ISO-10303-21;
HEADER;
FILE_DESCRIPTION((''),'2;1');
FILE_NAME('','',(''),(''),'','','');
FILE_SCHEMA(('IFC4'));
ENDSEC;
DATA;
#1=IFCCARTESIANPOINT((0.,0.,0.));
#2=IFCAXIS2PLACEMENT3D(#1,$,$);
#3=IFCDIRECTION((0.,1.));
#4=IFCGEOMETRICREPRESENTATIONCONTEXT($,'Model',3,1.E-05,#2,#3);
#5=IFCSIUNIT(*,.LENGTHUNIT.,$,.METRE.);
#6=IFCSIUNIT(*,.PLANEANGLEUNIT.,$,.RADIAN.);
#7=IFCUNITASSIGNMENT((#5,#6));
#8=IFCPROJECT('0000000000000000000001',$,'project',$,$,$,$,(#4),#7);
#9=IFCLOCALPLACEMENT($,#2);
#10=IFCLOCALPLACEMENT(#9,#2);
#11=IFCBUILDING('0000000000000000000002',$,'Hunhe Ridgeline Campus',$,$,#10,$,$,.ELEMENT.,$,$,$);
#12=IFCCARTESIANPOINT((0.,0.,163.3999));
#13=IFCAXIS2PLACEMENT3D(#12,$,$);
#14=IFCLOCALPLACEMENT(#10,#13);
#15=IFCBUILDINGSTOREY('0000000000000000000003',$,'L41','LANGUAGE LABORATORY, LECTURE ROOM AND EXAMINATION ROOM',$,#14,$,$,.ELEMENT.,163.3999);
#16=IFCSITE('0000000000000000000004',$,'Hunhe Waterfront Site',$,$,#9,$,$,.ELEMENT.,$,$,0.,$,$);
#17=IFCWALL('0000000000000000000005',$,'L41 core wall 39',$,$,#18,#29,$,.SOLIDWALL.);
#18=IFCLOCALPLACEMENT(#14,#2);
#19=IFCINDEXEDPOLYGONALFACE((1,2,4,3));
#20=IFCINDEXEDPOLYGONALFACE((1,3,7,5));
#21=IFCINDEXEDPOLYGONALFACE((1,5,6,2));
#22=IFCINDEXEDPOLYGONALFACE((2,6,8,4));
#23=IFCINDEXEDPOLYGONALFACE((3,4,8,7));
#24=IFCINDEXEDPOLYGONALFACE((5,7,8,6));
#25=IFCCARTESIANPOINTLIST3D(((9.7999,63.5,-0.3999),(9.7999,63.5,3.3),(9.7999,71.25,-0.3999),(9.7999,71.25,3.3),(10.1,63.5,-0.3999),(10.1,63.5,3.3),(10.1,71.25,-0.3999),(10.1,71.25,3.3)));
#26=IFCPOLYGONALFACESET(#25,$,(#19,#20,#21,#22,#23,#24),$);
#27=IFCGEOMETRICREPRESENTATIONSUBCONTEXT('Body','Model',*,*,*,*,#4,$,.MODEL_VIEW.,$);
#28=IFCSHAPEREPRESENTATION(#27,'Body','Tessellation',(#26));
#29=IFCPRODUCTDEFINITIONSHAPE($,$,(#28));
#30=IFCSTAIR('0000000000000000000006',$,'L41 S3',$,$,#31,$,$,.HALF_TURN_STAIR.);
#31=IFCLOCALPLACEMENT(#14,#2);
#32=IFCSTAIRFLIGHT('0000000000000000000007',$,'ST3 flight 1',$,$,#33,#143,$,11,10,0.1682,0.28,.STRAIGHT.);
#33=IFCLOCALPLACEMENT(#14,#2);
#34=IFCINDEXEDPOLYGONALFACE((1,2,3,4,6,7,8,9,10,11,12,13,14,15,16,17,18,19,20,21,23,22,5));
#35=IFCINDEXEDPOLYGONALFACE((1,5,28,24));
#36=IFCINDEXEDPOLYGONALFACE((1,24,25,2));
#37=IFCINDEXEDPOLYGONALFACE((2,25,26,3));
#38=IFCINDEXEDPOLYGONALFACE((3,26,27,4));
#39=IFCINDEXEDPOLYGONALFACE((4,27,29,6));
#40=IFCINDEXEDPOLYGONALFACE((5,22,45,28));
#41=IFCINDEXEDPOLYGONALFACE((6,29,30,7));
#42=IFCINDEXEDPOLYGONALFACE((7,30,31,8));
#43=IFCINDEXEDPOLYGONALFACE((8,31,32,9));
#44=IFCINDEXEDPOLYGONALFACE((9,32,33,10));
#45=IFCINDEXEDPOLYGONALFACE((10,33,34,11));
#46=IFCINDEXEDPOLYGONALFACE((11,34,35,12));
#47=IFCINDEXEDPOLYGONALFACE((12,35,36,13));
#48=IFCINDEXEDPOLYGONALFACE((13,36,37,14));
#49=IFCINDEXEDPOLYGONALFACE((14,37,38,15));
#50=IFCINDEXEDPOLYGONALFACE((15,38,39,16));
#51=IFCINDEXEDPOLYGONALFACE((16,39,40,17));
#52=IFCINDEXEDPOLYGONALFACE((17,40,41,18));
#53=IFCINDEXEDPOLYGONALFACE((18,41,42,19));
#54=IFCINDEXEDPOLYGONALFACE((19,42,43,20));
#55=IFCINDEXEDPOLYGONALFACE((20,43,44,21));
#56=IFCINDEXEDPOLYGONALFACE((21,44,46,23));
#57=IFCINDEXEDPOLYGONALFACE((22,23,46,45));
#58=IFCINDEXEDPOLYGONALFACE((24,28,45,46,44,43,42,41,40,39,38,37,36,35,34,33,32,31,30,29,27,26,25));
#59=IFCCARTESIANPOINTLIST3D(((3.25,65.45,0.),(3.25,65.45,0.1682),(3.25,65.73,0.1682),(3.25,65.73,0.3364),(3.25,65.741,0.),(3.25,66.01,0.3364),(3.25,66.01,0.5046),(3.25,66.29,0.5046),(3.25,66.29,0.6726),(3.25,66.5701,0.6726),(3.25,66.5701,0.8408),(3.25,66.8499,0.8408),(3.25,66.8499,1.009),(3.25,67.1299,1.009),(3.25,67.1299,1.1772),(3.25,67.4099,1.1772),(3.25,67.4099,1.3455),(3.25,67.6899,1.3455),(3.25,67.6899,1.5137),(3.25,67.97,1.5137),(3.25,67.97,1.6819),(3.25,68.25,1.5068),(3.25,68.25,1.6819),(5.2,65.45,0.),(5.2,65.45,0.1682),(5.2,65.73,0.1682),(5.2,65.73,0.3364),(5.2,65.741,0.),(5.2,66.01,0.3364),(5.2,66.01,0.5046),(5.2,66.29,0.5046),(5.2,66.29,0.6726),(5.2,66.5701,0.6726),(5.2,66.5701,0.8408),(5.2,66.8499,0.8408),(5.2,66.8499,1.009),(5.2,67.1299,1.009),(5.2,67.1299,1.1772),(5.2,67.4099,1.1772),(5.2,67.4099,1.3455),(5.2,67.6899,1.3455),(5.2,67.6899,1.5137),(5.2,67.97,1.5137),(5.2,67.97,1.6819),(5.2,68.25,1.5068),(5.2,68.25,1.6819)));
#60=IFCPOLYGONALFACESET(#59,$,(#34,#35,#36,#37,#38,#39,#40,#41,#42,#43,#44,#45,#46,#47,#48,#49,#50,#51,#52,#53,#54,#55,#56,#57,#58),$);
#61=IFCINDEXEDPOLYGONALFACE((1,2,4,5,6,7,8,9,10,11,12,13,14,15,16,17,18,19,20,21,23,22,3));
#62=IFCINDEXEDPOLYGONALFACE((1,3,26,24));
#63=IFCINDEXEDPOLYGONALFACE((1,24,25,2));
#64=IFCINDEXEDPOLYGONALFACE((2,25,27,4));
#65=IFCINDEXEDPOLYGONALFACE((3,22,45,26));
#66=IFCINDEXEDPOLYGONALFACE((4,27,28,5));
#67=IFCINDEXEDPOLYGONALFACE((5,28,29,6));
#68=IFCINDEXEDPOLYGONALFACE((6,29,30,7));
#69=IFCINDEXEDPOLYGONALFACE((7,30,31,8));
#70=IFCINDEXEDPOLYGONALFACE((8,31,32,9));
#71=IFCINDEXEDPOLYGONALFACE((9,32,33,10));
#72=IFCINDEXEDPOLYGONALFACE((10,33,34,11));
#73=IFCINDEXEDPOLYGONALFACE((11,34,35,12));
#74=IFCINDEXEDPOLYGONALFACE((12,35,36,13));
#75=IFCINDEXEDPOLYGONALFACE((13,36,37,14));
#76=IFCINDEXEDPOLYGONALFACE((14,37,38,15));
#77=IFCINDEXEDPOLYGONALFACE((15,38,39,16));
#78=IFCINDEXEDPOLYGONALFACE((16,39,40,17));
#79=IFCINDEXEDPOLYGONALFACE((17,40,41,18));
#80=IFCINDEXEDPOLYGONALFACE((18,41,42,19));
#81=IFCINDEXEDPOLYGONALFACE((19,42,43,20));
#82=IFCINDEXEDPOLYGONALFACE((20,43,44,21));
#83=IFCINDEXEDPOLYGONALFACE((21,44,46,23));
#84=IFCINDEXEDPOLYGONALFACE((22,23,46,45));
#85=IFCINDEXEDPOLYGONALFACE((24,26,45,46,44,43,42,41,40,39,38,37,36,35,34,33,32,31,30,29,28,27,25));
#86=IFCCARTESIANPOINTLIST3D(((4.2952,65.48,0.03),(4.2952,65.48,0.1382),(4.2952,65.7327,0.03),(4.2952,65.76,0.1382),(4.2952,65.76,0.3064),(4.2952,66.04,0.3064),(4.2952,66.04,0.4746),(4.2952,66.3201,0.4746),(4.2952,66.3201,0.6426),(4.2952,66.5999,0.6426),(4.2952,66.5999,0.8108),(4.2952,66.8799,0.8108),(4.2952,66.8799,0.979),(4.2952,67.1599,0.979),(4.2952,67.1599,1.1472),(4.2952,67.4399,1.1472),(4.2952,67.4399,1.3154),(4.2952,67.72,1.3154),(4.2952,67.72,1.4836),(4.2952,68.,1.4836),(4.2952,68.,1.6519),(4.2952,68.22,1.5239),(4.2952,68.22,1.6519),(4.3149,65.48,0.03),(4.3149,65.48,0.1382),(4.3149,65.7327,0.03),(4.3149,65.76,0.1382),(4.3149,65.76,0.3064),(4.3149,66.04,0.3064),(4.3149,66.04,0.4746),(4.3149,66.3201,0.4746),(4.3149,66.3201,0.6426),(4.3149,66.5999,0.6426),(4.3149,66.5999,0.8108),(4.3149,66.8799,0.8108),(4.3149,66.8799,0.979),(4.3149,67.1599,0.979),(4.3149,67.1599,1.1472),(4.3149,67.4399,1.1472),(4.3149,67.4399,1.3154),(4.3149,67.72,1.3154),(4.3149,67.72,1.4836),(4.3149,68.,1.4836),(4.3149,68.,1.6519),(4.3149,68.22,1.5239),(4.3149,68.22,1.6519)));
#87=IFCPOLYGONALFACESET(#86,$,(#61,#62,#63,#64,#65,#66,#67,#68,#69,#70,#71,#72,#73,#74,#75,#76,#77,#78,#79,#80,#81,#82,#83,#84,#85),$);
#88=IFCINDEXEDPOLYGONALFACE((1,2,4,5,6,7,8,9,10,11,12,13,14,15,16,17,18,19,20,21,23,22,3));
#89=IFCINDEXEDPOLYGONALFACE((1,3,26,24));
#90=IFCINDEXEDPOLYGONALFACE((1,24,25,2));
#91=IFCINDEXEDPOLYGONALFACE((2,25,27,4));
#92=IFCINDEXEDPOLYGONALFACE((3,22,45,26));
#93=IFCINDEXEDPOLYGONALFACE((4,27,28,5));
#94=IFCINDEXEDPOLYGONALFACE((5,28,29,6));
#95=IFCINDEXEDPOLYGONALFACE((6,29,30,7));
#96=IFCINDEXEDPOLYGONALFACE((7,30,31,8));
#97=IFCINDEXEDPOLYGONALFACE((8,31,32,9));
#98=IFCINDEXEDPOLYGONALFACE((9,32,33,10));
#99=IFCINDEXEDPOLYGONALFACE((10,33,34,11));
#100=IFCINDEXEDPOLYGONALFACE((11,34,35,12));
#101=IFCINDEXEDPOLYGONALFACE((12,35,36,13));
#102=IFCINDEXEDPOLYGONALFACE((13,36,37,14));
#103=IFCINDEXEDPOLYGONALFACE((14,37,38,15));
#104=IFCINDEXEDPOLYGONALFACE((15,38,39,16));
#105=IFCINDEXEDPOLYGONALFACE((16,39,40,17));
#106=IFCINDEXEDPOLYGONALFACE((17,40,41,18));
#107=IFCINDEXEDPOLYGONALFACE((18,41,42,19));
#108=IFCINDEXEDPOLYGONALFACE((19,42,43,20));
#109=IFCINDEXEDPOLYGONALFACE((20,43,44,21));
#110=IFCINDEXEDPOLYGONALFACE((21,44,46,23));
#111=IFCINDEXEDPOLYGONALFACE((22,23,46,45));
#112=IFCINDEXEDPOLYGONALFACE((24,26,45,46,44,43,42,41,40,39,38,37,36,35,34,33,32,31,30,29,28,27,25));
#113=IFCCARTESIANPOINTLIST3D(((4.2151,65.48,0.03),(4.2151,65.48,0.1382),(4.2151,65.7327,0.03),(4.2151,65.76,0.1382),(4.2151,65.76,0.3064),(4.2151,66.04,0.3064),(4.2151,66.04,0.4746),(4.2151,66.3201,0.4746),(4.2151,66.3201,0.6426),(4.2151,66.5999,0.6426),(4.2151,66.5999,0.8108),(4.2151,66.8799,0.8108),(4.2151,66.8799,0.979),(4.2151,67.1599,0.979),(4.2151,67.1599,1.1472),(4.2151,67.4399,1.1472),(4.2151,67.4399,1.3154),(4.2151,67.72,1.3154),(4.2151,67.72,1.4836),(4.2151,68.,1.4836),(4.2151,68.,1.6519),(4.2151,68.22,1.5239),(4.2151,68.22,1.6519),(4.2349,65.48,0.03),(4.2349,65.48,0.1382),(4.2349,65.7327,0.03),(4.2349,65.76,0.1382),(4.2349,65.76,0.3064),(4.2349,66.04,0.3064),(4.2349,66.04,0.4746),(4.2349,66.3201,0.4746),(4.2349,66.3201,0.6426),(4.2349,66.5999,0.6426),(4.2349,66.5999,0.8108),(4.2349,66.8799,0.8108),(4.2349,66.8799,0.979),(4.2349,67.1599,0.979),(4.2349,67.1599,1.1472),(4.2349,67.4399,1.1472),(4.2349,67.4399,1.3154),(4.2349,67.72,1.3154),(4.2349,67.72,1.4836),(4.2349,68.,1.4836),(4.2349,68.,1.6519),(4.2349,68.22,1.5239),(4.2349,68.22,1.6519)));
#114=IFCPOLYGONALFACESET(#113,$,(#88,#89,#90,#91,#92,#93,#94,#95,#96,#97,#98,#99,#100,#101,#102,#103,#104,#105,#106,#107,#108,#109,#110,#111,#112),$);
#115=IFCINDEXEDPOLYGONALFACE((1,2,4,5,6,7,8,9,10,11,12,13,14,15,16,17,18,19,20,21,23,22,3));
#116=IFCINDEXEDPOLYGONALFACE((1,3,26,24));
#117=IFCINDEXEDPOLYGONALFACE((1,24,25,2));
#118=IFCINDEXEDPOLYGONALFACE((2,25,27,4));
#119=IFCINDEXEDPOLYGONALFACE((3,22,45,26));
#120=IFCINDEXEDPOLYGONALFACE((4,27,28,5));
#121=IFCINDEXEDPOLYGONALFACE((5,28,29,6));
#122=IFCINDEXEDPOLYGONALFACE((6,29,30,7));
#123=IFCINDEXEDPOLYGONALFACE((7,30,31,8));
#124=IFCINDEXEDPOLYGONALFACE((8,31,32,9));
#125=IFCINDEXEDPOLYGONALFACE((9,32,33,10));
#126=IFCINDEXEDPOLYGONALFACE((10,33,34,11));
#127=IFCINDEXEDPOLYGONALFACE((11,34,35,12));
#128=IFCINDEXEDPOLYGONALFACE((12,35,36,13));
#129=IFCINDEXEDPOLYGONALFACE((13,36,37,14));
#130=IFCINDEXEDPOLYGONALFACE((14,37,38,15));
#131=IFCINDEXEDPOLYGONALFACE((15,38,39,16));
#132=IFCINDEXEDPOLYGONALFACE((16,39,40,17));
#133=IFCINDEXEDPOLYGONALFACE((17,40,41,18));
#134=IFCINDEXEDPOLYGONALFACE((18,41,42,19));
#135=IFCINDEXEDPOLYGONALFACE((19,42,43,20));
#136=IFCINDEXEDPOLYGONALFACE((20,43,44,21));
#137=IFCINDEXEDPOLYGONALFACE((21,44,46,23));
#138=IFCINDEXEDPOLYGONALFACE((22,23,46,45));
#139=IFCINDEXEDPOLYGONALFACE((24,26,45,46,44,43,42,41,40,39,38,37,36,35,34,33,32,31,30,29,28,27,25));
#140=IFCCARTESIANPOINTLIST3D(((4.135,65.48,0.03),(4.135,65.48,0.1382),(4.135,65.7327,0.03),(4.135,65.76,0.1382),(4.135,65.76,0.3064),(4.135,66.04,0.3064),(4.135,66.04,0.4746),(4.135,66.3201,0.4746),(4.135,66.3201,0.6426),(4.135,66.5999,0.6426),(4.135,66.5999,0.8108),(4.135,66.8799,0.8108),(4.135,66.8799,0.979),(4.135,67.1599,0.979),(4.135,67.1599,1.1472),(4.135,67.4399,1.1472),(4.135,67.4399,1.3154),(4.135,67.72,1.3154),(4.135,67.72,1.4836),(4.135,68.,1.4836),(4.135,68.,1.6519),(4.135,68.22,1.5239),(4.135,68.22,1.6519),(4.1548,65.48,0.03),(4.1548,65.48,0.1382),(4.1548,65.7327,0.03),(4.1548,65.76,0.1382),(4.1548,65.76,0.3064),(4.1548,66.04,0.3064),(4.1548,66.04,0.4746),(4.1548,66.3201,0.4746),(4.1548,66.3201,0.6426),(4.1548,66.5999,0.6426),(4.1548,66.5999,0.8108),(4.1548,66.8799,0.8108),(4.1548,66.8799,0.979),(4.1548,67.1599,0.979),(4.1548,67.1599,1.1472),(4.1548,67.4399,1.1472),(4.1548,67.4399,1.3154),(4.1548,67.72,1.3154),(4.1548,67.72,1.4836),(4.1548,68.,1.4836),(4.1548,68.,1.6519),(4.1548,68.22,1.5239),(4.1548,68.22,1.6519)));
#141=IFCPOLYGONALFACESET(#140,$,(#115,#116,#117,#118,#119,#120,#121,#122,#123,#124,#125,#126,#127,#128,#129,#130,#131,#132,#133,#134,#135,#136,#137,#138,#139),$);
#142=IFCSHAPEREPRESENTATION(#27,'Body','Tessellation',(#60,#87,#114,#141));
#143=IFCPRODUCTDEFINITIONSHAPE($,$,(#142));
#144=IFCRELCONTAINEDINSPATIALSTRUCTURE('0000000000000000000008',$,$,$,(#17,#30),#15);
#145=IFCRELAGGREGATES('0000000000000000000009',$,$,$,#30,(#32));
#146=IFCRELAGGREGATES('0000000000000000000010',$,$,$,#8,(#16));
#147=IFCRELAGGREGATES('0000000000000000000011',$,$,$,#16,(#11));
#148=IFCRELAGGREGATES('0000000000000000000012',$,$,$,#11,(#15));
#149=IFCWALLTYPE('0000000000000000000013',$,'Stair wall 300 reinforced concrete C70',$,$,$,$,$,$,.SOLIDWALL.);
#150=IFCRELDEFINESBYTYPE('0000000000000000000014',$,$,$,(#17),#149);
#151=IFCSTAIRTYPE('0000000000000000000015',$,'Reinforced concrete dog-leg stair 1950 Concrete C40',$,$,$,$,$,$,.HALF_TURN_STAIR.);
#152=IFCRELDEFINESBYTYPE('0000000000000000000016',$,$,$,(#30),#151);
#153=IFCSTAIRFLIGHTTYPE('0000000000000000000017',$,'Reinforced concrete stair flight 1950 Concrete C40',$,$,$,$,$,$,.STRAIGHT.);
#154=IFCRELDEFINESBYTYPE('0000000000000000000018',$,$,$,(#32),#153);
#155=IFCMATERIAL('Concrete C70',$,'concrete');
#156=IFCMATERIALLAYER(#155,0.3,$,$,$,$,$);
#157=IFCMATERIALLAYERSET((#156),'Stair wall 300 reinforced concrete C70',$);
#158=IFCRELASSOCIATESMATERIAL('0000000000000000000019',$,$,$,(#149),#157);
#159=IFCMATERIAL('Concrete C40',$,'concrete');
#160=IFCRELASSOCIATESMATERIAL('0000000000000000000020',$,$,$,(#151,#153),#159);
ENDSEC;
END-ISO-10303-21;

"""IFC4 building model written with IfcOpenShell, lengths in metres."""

from ifc_helpers import new_model, si_unit, direction, frame, frame_2d, origin, place, context, subcontext, project, spatial, polyline, rectangle, outline, extrude, material, layer, layer_set, type_object, element, aggregate, save


model = new_model("IFC4")

# Units and contexts
model_context = context("Model", 3, precision=1e-05, world=origin(), true_north=direction((0.0, 1.0)))
body_context = subcontext(model_context, "Body", "Model", "MODEL_VIEW")
ifc_project = project(units=[si_unit("LENGTHUNIT", "METRE"), si_unit("PLANEANGLEUNIT", "RADIAN")], contexts=[model_context])

# Site, building, storey
site_placement = place(None, origin())
site = spatial("IfcSite", under=ifc_project, at=site_placement, Name="Hunhe Waterfront Site", CompositionType="ELEMENT", RefElevation=0.0)
building_placement = place(site_placement, origin())
building = spatial("IfcBuilding", under=site, at=building_placement, Name="Hunhe Ridgeline Campus", CompositionType="ELEMENT")
storey_placement = place(building_placement, frame((0.0, 0.0, 163.3999)))
storey = spatial("IfcBuildingStorey", under=building, at=storey_placement, Name="L41", Description="LANGUAGE LABORATORY, LECTURE ROOM AND EXAMINATION ROOM", CompositionType="ELEMENT", Elevation=163.3999)

# Shared definitions
ifc_material_1 = material(Name="Concrete C70", Category="concrete")

# Shared definitions
ifc_layer_1 = layer(ifc_material_1, 0.3)
ifc_layer_set_1 = layer_set([ifc_layer_1], Name="Stair wall 300 reinforced concrete C70")
wall_type_1 = type_object("IfcWallType", Name="Stair wall 300 reinforced concrete C70", PredefinedType="SOLIDWALL", material=ifc_layer_set_1)

# Wall
wall_1_placement = place(storey_placement, frame((9.95, 63.5, -0.3999), z_axis=(0.0, 0.0, 1.0), x_axis=(0.0, 1.0, 0.0)))
element("IfcWall", 1, at=wall_1_placement, inside=storey, type_object=wall_type_1, Name="L41 core wall 39", PredefinedType="SOLIDWALL", context=body_context, shape_type="SweptSolid", body=[
    extrude(rectangle(XDim=7.75, YDim=0.3, at=frame_2d((3.875, 0.0))), origin(), (0.0, 0.0, 1.0), 3.7),
])

# Stair, stair flight
ifc_material_2 = material(Name="Concrete C40", Category="concrete")
stair_type = type_object("IfcStairType", Name="Reinforced concrete dog-leg stair 1950 Concrete C40", PredefinedType="HALF_TURN_STAIR", material=ifc_material_2)
stair_1_placement = place(storey_placement, origin())
stair_1 = element("IfcStair", 2, at=stair_1_placement, inside=storey, type_object=stair_type, Name="L41 S3", PredefinedType="HALF_TURN_STAIR")
stair_flight_type = type_object("IfcStairFlightType", Name="Reinforced concrete stair flight 1950 Concrete C40", PredefinedType="STRAIGHT", material=ifc_material_2)
stair_flight_1_placement = place(storey_placement, frame((4.2251, 65.45, 0.0), z_axis=(0.0, 0.0, 1.0), x_axis=(0.0, 1.0, 0.0)))
stair_flight_1 = element("IfcStairFlight", 3, at=stair_flight_1_placement, type_object=stair_flight_type, Name="ST3 flight 1", NumberOfRisers=11, NumberOfTreads=10, PredefinedType="STRAIGHT", RiserHeight=0.1682, TreadLength=0.28, context=body_context, shape_type="SweptSolid", body=[
    extrude(outline(polyline([(0.0, 0.0), (0.0, 0.1682), (0.28, 0.1682), (0.28, 0.3364), (0.5601, 0.3364), (0.5601, 0.5046), (0.8401, 0.5046), (0.8401, 0.6726), (1.1201, 0.6726), (1.1201, 0.8408), (1.3999, 0.8408), (1.3999, 1.009), (1.6799, 1.009), (1.6799, 1.1772), (1.96, 1.1772), (1.96, 1.3455), (2.24, 1.3455), (2.24, 1.5137), (2.52, 1.5137), (2.52, 1.6819), (2.8, 1.6819), (2.8, 1.8501), (2.8, 1.5068), (0.291, 0.0), (0.0, 0.0)])), frame((0.0, 0.9751, 0.0), z_axis=(0.0, -1.0, 0.0), x_axis=(1.0, 0.0, 0.0)), (0.0, 0.0, 1.0), 1.95),
    extrude(outline(polyline([(0.03, 0.03), (0.03, 0.1382), (0.3101, 0.1382), (0.3101, 0.3064), (0.5901, 0.3064), (0.5901, 0.4746), (0.8701, 0.4746), (0.8701, 0.6426), (1.1499, 0.6426), (1.1499, 0.8108), (1.4299, 0.8108), (1.4299, 0.979), (1.71, 0.979), (1.71, 1.1472), (1.99, 1.1472), (1.99, 1.3154), (2.27, 1.3154), (2.27, 1.4836), (2.55, 1.4836), (2.55, 1.6519), (2.77, 1.6519), (2.77, 1.5239), (0.2827, 0.03), (0.03, 0.03)])), frame((0.0, -0.0701, 0.0), z_axis=(0.0, -1.0, 0.0), x_axis=(1.0, 0.0, 0.0)), (0.0, 0.0, 1.0), 0.0198),
    extrude(outline(polyline([(0.03, 0.03), (0.03, 0.1382), (0.3101, 0.1382), (0.3101, 0.3064), (0.5901, 0.3064), (0.5901, 0.4746), (0.8701, 0.4746), (0.8701, 0.6426), (1.1499, 0.6426), (1.1499, 0.8108), (1.4299, 0.8108), (1.4299, 0.979), (1.71, 0.979), (1.71, 1.1472), (1.99, 1.1472), (1.99, 1.3154), (2.27, 1.3154), (2.27, 1.4836), (2.55, 1.4836), (2.55, 1.6519), (2.77, 1.6519), (2.77, 1.5239), (0.2827, 0.03), (0.03, 0.03)])), frame((0.0, 0.01, 0.0), z_axis=(0.0, -1.0, 0.0), x_axis=(1.0, 0.0, 0.0)), (0.0, 0.0, 1.0), 0.0198),
    extrude(outline(polyline([(0.03, 0.03), (0.03, 0.1382), (0.3101, 0.1382), (0.3101, 0.3064), (0.5901, 0.3064), (0.5901, 0.4746), (0.8701, 0.4746), (0.8701, 0.6426), (1.1499, 0.6426), (1.1499, 0.8108), (1.4299, 0.8108), (1.4299, 0.979), (1.71, 0.979), (1.71, 1.1472), (1.99, 1.1472), (1.99, 1.3154), (2.27, 1.3154), (2.27, 1.4836), (2.55, 1.4836), (2.55, 1.6519), (2.77, 1.6519), (2.77, 1.5239), (0.2827, 0.03), (0.03, 0.03)])), frame((0.0, 0.0901, 0.0), z_axis=(0.0, -1.0, 0.0), x_axis=(1.0, 0.0, 0.0)), (0.0, 0.0, 1.0), 0.0198),
])
aggregate(stair_1, [stair_flight_1])

save(model, "model.ifc")
